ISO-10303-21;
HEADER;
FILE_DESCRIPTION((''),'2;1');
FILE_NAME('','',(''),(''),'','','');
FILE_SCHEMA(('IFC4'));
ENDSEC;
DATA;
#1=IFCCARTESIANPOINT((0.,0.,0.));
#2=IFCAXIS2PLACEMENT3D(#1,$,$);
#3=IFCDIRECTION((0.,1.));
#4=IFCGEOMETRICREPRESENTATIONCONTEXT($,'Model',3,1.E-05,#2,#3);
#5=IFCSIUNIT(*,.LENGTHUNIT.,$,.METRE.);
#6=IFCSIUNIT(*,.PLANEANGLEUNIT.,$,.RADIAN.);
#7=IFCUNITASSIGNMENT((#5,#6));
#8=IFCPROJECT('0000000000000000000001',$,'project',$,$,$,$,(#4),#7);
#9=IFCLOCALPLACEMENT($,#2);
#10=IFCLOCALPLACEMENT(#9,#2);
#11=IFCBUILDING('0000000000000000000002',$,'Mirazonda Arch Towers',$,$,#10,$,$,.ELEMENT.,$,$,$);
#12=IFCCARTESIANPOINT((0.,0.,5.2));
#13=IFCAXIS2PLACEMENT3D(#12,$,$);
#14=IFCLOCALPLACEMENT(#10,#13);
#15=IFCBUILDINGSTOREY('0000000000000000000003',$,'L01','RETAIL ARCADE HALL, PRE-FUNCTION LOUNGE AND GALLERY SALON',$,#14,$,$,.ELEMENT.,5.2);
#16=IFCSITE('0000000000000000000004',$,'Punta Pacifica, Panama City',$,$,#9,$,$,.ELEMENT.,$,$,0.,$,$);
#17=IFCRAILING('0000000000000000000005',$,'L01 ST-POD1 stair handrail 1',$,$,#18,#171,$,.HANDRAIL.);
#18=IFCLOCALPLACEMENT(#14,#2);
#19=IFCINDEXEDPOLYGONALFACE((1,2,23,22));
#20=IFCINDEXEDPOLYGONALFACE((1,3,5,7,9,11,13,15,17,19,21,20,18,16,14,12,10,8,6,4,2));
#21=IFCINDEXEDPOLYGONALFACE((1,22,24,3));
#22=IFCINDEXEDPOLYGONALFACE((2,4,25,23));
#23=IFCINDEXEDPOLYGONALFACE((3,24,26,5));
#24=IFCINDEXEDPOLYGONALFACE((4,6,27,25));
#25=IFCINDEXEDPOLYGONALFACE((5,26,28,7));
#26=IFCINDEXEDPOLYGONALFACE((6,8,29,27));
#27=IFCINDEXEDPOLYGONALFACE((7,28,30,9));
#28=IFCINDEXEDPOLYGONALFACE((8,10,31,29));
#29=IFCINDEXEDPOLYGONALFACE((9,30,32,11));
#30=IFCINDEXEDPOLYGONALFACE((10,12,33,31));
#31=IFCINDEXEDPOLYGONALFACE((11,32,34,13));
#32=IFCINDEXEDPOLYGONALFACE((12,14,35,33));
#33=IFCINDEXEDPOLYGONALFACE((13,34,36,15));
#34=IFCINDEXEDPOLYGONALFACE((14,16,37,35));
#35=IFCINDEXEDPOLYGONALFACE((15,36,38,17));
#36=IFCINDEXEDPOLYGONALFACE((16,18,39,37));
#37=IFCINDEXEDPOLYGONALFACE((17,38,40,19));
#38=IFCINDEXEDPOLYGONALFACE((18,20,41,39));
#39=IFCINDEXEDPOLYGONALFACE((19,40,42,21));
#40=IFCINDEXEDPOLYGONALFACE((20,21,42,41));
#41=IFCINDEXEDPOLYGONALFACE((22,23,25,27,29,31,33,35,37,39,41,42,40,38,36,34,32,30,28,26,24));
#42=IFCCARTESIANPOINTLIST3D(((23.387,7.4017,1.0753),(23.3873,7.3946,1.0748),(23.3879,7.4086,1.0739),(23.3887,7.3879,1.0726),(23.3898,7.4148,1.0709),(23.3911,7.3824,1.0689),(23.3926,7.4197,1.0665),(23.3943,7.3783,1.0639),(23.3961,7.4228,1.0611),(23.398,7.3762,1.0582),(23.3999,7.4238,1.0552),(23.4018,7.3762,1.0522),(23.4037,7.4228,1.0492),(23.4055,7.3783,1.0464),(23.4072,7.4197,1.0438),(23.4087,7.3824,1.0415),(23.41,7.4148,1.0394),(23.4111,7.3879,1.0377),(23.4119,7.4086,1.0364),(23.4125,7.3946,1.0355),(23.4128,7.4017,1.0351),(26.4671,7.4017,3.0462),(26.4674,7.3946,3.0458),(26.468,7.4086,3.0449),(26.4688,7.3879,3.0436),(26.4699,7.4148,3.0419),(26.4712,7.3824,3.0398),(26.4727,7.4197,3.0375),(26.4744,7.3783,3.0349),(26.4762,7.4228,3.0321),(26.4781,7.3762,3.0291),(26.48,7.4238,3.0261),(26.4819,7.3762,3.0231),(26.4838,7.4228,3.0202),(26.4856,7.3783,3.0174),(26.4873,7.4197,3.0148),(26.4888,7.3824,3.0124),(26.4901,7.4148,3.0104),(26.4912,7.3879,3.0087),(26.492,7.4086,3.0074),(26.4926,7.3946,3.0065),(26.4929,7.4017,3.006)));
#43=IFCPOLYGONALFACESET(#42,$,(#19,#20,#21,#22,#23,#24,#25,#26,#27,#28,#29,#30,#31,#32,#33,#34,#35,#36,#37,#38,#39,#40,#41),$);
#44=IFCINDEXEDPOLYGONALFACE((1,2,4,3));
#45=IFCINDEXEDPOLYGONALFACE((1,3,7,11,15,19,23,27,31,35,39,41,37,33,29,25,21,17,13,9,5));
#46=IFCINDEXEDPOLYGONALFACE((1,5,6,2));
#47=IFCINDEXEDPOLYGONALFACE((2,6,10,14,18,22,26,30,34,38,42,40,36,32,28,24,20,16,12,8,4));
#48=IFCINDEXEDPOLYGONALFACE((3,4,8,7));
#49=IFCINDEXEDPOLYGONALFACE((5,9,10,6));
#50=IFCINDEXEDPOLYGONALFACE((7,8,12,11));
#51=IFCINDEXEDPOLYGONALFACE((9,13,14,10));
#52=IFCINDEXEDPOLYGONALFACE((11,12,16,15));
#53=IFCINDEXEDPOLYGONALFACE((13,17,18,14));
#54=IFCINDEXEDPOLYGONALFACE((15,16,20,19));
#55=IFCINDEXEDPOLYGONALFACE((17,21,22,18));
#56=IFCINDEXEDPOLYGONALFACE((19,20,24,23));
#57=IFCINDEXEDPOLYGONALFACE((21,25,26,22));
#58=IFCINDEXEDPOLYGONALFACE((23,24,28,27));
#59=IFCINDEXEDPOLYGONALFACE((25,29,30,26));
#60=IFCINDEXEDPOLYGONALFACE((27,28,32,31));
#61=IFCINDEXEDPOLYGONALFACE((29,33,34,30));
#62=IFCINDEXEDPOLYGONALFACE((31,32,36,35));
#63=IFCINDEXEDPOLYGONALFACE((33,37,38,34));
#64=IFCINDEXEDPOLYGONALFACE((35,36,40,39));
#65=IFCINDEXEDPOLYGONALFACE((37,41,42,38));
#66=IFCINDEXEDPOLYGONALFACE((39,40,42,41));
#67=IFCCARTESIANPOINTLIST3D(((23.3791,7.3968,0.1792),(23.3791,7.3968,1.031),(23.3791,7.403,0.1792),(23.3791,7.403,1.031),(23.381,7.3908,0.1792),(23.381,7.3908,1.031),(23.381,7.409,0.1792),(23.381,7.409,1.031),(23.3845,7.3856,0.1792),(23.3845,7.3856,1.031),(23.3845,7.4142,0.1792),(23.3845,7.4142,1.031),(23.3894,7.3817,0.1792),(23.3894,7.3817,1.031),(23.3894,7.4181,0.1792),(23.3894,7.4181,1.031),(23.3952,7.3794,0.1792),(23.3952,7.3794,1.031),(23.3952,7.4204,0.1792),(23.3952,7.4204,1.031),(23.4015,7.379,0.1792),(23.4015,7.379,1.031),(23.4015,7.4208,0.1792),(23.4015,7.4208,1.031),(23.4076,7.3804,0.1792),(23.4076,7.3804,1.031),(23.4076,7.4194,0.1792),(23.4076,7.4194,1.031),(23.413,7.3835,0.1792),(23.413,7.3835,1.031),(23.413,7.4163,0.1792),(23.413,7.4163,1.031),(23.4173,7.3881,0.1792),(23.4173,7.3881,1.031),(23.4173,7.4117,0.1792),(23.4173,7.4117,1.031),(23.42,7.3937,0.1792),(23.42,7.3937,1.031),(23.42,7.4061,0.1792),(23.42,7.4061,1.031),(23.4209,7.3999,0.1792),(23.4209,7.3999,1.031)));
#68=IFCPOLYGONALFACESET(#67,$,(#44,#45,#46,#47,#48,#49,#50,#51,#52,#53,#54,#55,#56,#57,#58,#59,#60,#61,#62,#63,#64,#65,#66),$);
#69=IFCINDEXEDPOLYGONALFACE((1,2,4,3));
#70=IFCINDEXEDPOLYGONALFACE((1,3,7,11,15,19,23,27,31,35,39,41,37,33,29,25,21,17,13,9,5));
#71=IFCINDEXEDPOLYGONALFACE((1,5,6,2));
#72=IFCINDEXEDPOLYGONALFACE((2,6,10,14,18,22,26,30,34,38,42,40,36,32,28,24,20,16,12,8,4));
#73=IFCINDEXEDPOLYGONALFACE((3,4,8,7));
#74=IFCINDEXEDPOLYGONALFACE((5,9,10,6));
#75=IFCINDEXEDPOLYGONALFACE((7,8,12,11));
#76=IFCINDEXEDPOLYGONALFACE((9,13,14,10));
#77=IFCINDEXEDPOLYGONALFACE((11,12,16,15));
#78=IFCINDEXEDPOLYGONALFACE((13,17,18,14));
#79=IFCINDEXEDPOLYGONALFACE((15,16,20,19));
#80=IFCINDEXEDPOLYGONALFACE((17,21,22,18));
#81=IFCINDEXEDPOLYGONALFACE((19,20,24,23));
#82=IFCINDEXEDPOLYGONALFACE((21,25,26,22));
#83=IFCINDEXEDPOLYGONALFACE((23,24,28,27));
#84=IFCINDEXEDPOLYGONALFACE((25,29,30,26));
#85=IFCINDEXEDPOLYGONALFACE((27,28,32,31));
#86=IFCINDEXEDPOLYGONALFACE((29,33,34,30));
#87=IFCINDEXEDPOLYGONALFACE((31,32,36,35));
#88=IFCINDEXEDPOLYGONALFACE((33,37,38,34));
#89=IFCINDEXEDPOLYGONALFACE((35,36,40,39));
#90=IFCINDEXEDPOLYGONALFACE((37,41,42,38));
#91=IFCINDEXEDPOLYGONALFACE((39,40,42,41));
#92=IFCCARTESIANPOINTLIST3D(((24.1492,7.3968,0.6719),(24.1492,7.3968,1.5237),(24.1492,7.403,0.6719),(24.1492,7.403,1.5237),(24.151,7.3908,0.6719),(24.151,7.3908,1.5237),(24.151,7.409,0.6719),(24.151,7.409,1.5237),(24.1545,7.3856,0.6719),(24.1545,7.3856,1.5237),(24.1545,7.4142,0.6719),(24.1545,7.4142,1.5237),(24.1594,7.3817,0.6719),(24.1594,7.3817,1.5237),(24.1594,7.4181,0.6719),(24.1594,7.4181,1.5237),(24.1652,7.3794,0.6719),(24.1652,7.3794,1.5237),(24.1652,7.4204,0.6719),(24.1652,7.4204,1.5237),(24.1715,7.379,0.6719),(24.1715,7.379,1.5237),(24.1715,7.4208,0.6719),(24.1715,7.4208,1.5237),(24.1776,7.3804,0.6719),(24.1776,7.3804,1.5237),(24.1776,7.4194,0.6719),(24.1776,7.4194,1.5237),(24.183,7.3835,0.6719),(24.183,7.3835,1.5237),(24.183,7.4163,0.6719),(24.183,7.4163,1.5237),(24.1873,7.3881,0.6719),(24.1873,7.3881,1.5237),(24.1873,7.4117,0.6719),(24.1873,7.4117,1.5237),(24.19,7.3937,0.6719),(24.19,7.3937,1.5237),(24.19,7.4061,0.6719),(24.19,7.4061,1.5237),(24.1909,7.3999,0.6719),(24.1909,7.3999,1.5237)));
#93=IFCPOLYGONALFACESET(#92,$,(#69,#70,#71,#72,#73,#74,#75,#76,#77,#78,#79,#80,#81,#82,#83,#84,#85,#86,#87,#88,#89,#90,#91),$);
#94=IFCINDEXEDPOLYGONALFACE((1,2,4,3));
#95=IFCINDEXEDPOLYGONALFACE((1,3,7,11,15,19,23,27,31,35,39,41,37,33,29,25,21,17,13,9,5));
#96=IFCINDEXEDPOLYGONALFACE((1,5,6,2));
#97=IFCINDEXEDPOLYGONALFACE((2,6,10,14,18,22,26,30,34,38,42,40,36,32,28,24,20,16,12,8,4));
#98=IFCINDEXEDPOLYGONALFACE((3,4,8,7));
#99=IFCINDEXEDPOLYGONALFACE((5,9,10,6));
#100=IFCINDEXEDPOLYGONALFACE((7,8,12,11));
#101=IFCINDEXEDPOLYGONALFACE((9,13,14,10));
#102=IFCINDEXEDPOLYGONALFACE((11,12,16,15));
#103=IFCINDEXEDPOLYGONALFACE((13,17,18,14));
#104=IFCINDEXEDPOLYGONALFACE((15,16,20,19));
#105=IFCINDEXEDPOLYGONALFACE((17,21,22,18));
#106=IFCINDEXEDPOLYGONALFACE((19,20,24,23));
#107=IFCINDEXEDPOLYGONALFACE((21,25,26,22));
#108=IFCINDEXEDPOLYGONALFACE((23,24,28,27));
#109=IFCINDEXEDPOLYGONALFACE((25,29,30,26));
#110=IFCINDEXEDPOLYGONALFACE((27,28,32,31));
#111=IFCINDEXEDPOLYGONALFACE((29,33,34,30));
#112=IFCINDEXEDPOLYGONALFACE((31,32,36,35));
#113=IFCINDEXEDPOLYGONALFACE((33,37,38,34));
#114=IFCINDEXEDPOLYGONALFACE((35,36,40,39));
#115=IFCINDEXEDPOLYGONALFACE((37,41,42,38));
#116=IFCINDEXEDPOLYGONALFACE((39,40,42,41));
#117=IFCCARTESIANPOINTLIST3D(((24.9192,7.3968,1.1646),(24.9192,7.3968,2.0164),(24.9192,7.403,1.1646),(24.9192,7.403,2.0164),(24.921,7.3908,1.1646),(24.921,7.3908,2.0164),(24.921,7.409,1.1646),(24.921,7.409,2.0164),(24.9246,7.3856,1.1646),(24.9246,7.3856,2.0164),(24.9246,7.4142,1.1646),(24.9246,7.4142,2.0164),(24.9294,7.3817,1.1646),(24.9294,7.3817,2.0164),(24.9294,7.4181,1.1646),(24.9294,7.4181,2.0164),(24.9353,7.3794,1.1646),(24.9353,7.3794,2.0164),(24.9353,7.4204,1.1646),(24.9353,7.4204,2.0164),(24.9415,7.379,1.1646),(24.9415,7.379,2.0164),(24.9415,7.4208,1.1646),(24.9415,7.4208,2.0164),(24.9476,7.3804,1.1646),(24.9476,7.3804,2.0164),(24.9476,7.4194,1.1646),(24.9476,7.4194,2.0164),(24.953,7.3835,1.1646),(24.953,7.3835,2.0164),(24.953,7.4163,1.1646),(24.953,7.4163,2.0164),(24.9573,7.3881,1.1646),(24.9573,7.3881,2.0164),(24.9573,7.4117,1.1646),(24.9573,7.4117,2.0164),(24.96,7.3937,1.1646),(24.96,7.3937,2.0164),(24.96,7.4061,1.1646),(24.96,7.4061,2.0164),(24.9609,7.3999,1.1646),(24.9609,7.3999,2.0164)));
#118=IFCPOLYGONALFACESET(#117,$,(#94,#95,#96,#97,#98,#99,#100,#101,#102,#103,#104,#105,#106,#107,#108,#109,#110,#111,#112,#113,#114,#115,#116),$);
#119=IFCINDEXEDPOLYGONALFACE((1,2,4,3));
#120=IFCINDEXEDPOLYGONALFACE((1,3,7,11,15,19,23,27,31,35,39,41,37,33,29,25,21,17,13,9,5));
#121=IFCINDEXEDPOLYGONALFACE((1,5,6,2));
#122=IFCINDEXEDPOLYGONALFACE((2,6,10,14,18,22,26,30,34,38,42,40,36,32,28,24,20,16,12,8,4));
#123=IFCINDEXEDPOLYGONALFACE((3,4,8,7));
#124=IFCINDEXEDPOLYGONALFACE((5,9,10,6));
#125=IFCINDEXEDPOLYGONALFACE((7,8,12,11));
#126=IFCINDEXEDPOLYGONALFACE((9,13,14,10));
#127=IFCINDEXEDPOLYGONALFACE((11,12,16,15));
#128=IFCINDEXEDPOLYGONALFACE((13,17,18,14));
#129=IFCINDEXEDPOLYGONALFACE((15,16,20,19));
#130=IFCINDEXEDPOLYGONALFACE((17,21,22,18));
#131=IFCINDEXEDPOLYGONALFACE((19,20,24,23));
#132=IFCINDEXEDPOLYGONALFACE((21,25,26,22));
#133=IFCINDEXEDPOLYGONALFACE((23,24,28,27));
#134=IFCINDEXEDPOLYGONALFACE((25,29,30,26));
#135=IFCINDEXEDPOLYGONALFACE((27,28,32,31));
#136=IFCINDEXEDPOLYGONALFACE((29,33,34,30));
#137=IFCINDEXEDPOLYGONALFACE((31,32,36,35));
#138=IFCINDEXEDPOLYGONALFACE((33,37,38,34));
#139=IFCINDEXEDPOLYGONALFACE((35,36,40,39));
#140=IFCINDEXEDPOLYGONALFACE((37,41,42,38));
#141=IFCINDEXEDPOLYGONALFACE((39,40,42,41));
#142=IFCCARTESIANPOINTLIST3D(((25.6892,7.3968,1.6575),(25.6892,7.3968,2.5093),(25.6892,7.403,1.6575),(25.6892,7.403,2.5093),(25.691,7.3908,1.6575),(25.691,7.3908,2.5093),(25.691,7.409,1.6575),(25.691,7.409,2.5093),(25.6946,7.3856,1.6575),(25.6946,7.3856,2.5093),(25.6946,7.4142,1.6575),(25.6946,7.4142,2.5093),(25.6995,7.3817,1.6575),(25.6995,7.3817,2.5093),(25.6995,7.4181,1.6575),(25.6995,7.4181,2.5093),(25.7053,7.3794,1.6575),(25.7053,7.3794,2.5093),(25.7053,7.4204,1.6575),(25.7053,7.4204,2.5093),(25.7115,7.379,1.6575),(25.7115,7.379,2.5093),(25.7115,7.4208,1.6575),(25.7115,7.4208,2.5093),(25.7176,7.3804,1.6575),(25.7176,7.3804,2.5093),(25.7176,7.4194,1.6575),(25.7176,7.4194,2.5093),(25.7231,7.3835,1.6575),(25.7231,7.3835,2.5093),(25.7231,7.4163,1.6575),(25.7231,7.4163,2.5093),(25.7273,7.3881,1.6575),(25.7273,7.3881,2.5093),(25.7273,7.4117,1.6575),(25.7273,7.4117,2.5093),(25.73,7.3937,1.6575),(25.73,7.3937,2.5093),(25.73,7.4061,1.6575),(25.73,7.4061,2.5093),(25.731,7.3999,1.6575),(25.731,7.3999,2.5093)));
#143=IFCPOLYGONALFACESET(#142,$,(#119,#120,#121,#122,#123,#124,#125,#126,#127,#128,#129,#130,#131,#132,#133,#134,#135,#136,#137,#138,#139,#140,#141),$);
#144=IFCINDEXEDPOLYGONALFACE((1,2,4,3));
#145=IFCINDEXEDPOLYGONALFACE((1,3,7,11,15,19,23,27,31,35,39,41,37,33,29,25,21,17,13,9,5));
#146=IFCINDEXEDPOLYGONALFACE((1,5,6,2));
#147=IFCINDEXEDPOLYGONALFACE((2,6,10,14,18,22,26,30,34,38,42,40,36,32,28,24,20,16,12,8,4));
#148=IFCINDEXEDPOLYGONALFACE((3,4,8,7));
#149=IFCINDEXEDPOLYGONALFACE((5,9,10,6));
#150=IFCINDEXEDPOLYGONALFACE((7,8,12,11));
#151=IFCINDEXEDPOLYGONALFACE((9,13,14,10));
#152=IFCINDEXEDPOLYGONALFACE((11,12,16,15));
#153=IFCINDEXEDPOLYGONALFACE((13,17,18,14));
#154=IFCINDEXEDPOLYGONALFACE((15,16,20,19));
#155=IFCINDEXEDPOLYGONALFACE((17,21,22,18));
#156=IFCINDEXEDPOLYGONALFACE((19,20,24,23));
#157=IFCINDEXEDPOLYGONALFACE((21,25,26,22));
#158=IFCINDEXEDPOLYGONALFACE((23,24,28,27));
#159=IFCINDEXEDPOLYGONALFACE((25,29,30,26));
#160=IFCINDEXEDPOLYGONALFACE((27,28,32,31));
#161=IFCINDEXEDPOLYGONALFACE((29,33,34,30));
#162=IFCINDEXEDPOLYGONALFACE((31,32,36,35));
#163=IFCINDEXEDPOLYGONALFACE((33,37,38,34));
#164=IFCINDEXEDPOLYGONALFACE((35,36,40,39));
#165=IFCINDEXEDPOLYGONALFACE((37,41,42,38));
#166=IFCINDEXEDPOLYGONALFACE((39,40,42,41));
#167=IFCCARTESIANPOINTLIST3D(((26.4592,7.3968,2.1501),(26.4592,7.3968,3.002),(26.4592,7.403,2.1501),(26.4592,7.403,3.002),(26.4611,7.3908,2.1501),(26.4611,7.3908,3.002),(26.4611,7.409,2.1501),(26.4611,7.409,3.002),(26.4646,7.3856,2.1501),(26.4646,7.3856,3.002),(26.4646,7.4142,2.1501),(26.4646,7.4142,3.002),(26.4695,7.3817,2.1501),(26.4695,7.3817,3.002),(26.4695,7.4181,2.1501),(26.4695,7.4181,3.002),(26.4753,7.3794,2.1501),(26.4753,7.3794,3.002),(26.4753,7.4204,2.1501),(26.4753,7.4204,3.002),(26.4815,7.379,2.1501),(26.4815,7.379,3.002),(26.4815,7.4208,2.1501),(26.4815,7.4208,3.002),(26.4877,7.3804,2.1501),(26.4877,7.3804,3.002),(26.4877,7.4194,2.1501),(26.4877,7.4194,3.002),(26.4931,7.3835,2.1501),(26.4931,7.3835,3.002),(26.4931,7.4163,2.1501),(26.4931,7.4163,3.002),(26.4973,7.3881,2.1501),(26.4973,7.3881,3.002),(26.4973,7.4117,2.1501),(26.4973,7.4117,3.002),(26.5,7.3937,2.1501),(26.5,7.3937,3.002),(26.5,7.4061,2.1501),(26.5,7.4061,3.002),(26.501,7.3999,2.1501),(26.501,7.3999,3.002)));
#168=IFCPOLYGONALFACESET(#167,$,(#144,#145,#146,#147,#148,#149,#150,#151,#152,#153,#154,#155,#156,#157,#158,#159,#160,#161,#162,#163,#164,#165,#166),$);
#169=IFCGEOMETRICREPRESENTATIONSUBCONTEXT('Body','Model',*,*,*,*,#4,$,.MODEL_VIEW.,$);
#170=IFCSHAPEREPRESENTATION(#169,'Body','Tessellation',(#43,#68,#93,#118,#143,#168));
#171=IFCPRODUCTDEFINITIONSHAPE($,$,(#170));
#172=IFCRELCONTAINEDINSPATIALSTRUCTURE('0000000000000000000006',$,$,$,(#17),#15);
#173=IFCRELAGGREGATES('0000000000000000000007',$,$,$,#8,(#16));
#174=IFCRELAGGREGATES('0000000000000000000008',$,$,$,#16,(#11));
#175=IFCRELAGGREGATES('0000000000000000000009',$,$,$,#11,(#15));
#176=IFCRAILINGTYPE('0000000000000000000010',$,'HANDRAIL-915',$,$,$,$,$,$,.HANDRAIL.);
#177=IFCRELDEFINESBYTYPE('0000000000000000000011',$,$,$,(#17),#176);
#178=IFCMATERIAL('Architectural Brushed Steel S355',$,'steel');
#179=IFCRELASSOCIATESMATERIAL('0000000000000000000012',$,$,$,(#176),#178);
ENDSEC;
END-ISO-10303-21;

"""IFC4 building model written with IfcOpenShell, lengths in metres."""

from ifc_helpers import new_model, si_unit, direction, frame, origin, origin_2d, place, context, subcontext, project, spatial, circle, extrude, material, type_object, element, save


model = new_model("IFC4")

# Units and contexts
model_context = context("Model", 3, precision=1e-05, world=origin(), true_north=direction((0.0, 1.0)))
body_context = subcontext(model_context, "Body", "Model", "MODEL_VIEW")
ifc_project = project(units=[si_unit("LENGTHUNIT", "METRE"), si_unit("PLANEANGLEUNIT", "RADIAN")], contexts=[model_context])

# Site, building, storey
site_placement = place(None, origin())
site = spatial("IfcSite", under=ifc_project, at=site_placement, Name="Punta Pacifica, Panama City", CompositionType="ELEMENT", RefElevation=0.0)
building_placement = place(site_placement, origin())
building = spatial("IfcBuilding", under=site, at=building_placement, Name="Mirazonda Arch Towers", CompositionType="ELEMENT")
storey_placement = place(building_placement, frame((0.0, 0.0, 5.2)))
storey = spatial("IfcBuildingStorey", under=building, at=storey_placement, Name="L01", Description="RETAIL ARCADE HALL, PRE-FUNCTION LOUNGE AND GALLERY SALON", CompositionType="ELEMENT", Elevation=5.2)

# Railing
ifc_material_1 = material(Name="Architectural Brushed Steel S355", Category="steel")
railing_type_1 = type_object("IfcRailingType", Name="HANDRAIL-915", PredefinedType="HANDRAIL", material=ifc_material_1)
railing_1_placement = place(storey_placement, frame((23.3999, 7.3999, 0.1792)))
element("IfcRailing", 1, at=railing_1_placement, inside=storey, type_object=railing_type_1, Name="L01 ST-POD1 stair handrail 1", PredefinedType="HANDRAIL", context=body_context, shape_type="SweptSolid", body=[
    extrude(circle(Radius=0.0239, at=origin_2d()), frame((0.0, 0.0, 0.876), z_axis=(0.842309, 0.0, 0.538995), x_axis=(0.0, 1.0, 0.0)), (0.0, 0.0, 1.0), 3.6567),
    extrude(circle(Radius=0.021, at=origin_2d()), origin(), (0.0, 0.0, 1.0), 0.8518),
    extrude(circle(Radius=0.021, at=origin_2d()), frame((0.77, 0.0, 0.4927)), (0.0, 0.0, 1.0), 0.8518),
    extrude(circle(Radius=0.021, at=origin_2d()), frame((1.54, 0.0, 0.9854)), (0.0, 0.0, 1.0), 0.8518),
    extrude(circle(Radius=0.021, at=origin_2d()), frame((2.3101, 0.0, 1.4783)), (0.0, 0.0, 1.0), 0.8518),
    extrude(circle(Radius=0.021, at=origin_2d()), frame((3.0801, 0.0, 1.9709)), (0.0, 0.0, 1.0), 0.8518),
])

save(model, "model.ifc")
